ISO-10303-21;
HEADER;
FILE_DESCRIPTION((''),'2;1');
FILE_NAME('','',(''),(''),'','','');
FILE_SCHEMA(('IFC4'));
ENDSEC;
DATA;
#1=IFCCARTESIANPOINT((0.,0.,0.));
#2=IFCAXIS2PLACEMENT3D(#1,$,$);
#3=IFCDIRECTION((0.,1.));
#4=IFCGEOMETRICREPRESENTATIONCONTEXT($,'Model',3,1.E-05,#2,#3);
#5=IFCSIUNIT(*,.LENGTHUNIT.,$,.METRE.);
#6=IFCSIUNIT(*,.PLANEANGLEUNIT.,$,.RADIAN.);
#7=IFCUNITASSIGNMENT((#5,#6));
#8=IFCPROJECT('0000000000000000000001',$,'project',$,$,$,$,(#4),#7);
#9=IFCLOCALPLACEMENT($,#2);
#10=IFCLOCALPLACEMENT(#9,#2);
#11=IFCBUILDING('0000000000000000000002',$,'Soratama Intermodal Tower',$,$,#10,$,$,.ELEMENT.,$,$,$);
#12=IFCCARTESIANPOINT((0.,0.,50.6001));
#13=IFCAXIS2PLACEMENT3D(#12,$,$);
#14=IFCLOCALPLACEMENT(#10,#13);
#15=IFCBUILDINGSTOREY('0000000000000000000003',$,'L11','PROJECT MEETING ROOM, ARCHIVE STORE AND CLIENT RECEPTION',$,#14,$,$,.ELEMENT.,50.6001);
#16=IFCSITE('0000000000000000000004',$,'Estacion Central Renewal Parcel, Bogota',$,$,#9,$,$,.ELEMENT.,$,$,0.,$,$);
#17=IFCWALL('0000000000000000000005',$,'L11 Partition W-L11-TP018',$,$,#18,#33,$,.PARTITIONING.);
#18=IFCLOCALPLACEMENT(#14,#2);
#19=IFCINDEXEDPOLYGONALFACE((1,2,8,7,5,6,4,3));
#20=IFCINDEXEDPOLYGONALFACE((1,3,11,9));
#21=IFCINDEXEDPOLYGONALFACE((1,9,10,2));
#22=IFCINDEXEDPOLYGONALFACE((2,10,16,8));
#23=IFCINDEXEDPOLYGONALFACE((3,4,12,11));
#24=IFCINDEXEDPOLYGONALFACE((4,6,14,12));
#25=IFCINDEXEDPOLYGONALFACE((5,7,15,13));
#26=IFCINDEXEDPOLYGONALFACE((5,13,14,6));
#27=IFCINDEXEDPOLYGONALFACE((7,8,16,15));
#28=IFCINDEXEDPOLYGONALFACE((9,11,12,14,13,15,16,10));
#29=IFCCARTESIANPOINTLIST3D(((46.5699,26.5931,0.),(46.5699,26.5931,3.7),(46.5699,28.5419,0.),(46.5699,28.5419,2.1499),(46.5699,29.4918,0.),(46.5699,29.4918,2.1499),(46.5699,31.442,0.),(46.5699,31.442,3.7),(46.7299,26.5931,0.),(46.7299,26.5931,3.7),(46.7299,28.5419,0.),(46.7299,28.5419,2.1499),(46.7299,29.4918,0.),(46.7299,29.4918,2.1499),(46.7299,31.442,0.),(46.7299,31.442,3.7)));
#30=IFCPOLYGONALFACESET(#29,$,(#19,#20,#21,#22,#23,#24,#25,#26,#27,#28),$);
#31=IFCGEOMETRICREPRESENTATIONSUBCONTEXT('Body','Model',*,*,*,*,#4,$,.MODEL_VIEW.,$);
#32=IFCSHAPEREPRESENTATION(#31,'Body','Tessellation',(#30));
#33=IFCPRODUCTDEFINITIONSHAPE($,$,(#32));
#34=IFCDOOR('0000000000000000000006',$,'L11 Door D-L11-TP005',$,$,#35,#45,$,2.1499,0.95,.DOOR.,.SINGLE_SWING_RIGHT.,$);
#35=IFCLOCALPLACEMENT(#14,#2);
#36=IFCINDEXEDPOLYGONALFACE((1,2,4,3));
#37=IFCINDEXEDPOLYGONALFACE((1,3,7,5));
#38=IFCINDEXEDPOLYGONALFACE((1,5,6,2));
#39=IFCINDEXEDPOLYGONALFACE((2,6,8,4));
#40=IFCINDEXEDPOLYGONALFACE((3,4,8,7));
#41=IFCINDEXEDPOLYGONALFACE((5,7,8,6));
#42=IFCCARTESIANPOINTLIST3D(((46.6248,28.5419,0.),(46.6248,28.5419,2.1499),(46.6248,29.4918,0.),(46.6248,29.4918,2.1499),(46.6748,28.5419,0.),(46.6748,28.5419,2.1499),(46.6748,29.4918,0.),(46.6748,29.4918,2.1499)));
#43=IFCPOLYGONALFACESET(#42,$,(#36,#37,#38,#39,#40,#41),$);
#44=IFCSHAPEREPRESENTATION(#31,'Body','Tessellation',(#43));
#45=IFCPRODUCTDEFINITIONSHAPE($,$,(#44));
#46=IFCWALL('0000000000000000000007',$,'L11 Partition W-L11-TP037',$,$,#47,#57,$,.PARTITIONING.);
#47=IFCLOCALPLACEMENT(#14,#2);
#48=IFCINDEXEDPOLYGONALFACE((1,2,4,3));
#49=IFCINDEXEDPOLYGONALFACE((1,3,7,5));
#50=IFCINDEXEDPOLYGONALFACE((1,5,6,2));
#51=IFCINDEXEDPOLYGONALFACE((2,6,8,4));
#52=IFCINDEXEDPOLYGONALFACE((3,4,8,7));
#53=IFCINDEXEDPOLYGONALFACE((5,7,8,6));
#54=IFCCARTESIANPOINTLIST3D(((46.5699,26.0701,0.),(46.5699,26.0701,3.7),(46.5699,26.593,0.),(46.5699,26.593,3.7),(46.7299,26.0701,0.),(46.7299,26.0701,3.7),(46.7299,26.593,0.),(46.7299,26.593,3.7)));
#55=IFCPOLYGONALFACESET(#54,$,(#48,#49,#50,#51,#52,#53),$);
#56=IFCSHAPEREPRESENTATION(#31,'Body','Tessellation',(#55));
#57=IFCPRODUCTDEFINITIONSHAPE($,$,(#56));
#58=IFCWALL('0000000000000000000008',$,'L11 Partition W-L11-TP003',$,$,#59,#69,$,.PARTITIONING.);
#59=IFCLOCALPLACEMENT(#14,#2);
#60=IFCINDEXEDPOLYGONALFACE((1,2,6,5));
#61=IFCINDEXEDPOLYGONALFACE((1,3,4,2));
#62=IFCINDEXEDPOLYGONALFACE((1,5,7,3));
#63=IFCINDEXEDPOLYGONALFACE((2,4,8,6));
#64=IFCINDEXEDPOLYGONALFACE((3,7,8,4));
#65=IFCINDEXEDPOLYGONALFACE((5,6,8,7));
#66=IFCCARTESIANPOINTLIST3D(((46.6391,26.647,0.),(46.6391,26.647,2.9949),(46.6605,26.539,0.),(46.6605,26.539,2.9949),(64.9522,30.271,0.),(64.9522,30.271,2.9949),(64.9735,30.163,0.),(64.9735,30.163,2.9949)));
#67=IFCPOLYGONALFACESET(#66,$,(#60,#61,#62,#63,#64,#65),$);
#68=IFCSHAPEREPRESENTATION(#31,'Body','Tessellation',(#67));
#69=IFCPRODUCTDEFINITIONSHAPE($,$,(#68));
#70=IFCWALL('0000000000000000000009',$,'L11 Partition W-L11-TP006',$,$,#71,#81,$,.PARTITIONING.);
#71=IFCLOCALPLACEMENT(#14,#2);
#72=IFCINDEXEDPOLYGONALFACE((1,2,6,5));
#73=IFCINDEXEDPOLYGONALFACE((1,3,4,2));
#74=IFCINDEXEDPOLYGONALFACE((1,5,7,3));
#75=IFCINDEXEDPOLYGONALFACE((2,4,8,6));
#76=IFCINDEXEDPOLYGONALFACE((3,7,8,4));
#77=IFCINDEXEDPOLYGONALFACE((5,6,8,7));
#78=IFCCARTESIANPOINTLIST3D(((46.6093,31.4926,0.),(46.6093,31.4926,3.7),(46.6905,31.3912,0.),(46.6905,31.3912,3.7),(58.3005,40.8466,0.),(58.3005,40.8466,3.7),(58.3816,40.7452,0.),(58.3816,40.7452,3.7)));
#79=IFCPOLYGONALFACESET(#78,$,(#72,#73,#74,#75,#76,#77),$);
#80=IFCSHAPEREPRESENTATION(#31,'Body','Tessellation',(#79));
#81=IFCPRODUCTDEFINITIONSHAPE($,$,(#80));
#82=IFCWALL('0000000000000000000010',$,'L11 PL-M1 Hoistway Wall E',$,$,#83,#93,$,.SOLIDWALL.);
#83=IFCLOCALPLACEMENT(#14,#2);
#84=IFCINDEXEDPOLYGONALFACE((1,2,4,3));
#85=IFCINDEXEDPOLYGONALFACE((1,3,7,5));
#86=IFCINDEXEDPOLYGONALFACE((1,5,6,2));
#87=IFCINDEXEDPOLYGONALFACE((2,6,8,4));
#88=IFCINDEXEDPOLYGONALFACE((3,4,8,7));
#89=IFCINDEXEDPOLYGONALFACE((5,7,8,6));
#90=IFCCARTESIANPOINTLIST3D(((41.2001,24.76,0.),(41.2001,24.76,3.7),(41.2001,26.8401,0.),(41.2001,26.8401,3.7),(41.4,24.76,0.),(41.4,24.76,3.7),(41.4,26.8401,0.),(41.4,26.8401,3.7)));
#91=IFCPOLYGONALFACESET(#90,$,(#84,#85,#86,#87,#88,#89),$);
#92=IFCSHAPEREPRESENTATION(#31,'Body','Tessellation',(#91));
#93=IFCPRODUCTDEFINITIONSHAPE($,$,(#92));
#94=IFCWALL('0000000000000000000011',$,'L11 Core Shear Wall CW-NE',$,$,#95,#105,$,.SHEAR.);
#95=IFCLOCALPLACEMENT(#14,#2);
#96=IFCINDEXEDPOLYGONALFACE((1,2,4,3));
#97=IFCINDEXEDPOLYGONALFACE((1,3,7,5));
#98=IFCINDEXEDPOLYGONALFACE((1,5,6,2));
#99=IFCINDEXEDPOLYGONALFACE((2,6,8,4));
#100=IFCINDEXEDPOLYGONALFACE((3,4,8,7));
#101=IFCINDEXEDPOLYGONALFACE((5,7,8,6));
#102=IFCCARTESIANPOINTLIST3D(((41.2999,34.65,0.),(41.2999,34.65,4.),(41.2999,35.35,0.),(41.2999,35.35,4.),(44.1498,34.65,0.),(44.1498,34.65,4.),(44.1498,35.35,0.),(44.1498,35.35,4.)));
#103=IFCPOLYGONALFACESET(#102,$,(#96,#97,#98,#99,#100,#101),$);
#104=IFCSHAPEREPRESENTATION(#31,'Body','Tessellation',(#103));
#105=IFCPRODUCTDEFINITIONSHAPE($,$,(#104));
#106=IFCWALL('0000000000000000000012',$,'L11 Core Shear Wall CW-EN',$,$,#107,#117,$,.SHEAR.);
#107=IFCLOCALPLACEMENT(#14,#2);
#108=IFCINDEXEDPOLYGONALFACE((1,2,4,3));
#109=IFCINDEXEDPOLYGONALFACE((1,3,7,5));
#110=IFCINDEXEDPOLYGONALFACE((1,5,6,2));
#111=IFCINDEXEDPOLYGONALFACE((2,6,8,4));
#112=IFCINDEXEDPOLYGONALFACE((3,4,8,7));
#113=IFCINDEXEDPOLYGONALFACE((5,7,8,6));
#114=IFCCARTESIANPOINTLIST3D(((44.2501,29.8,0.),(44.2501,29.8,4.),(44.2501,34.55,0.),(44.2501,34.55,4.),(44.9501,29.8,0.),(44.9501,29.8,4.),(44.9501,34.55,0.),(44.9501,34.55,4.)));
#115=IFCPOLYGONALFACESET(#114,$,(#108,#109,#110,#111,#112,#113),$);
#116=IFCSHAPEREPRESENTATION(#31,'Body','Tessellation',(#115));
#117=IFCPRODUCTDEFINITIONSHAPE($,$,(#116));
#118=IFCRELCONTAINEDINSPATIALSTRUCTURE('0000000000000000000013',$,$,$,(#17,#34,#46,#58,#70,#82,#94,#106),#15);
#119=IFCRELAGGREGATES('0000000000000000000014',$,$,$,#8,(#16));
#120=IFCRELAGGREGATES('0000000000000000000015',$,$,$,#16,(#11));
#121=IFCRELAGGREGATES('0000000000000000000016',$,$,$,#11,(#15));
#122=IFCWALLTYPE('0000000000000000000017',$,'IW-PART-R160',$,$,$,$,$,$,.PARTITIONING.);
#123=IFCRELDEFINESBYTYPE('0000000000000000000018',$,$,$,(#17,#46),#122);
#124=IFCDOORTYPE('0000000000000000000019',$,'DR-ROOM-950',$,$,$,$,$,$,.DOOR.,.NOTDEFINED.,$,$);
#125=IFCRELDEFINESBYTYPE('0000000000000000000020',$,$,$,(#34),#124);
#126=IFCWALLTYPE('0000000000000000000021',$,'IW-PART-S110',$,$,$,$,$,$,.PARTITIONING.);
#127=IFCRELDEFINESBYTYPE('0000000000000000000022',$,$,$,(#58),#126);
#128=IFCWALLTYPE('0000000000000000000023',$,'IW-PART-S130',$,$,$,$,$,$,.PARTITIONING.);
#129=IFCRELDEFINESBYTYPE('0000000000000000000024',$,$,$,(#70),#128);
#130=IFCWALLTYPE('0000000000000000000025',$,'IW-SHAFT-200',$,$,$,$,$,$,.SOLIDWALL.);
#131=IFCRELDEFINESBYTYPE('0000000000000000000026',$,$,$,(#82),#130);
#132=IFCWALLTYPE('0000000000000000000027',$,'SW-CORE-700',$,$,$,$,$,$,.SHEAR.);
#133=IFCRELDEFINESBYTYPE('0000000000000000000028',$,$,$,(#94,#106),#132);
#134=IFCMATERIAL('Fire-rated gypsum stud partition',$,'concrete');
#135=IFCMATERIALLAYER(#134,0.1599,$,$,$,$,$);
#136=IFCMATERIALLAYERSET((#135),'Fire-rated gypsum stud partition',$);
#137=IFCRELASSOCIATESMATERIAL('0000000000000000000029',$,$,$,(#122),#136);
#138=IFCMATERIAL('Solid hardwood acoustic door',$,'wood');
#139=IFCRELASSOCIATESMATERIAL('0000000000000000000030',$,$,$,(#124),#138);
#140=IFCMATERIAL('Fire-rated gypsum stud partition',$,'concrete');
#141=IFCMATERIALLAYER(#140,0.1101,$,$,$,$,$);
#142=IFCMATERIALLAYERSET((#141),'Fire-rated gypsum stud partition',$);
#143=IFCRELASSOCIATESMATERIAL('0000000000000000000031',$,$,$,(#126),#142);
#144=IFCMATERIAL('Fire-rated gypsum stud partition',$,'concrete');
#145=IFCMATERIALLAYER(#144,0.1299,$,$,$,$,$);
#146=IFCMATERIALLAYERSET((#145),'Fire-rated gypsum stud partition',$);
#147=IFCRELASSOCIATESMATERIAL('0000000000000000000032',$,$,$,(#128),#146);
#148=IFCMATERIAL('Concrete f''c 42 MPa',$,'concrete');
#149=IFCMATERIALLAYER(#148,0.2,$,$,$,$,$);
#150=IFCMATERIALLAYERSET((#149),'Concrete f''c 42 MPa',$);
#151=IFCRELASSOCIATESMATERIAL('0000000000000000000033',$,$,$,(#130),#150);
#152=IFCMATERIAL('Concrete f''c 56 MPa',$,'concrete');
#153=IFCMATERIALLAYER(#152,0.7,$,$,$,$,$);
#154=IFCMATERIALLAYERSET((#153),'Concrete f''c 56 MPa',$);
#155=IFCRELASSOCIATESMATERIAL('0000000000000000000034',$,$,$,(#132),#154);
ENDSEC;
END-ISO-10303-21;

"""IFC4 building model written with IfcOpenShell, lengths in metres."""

from ifc_helpers import new_model, si_unit, direction, frame, frame_2d, origin, place, context, subcontext, project, spatial, rectangle, extrude, material, layer, layer_set, type_object, element, fill, save


model = new_model("IFC4")

# Units and contexts
model_context = context("Model", 3, precision=1e-05, world=origin(), true_north=direction((0.0, 1.0)))
body_context = subcontext(model_context, "Body", "Model", "MODEL_VIEW")
ifc_project = project(units=[si_unit("LENGTHUNIT", "METRE"), si_unit("PLANEANGLEUNIT", "RADIAN")], contexts=[model_context])

# Site, building, storey
site_placement = place(None, origin())
site = spatial("IfcSite", under=ifc_project, at=site_placement, Name="Estacion Central Renewal Parcel, Bogota", CompositionType="ELEMENT", RefElevation=0.0)
building_placement = place(site_placement, origin())
building = spatial("IfcBuilding", under=site, at=building_placement, Name="Soratama Intermodal Tower", CompositionType="ELEMENT")
storey_placement = place(building_placement, frame((0.0, 0.0, 50.6001)))
storey = spatial("IfcBuildingStorey", under=building, at=storey_placement, Name="L11", Description="PROJECT MEETING ROOM, ARCHIVE STORE AND CLIENT RECEPTION", CompositionType="ELEMENT", Elevation=50.6001)

# Wall, opening, door
ifc_material_1 = material(Name="Fire-rated gypsum stud partition", Category="concrete")
ifc_layer_1 = layer(ifc_material_1, 0.1599)
ifc_layer_set_1 = layer_set([ifc_layer_1], Name="Fire-rated gypsum stud partition")
wall_type_1 = type_object("IfcWallType", Name="IW-PART-R160", PredefinedType="PARTITIONING", material=ifc_layer_set_1)
ifc_material_2 = material(Name="Solid hardwood acoustic door", Category="wood")
door_type_1 = type_object("IfcDoorType", Name="DR-ROOM-950", OperationType="NOTDEFINED", PredefinedType="DOOR", material=ifc_material_2)
wall_1_placement = place(storey_placement, frame((46.6499, 31.4419, 0.0), z_axis=(0.0, 0.0, 1.0), x_axis=(0.0, -1.0, 0.0)))
wall_1 = element("IfcWall", 1, at=wall_1_placement, inside=storey, type_object=wall_type_1, Name="L11 Partition W-L11-TP018", PredefinedType="PARTITIONING", context=body_context, shape_type="SweptSolid", body=[
    extrude(rectangle(XDim=4.8489, YDim=0.1599, at=frame_2d((2.4243, 0.0))), origin(), (0.0, 0.0, 1.0), 3.7),
])
opening_1_placement = place(wall_1_placement, frame((1.95, 0.0, 0.0)))
opening_1 = element("IfcOpeningElement", 2, at=opening_1_placement, cuts=wall_1, PredefinedType="OPENING", context=body_context, shape_type="SweptSolid", body=[
    extrude(rectangle(XDim=0.95, YDim=2.1499, at=frame_2d((0.4751, 1.075))), frame((0.0, 0.0898, 0.0), z_axis=(0.0, -1.0, 0.0), x_axis=(1.0, 0.0, 0.0)), (0.0, 0.0, 1.0), 0.1799),
])
door_1_placement = place(opening_1_placement, origin())
door_1 = element("IfcDoor", 3, at=door_1_placement, inside=storey, type_object=door_type_1, Name="L11 Door D-L11-TP005", OperationType="SINGLE_SWING_RIGHT", OverallHeight=2.1499, OverallWidth=0.95, PredefinedType="DOOR", context=body_context, shape_type="SweptSolid", body=[
    extrude(rectangle(XDim=0.95, YDim=2.1499, at=frame_2d((0.4751, 1.075))), frame((0.0, 0.0249, 0.0), z_axis=(0.0, -1.0, 0.0), x_axis=(1.0, 0.0, 0.0)), (0.0, 0.0, 1.0), 0.05),
])
fill(opening_1, door_1)

# Walls
wall_2_placement = place(storey_placement, frame((46.6499, 26.593, 0.0), z_axis=(0.0, 0.0, 1.0), x_axis=(0.0, -1.0, 0.0)))
element("IfcWall", 4, at=wall_2_placement, inside=storey, type_object=wall_type_1, Name="L11 Partition W-L11-TP037", PredefinedType="PARTITIONING", context=body_context, shape_type="SweptSolid", body=[
    extrude(rectangle(XDim=0.5229, YDim=0.1599, at=frame_2d((0.2615, 0.0))), origin(), (0.0, 0.0, 1.0), 3.7),
])
ifc_material_3 = material(Name="Fire-rated gypsum stud partition", Category="concrete")
ifc_layer_2 = layer(ifc_material_3, 0.1101)
ifc_layer_set_2 = layer_set([ifc_layer_2], Name="Fire-rated gypsum stud partition")
wall_type_2 = type_object("IfcWallType", Name="IW-PART-S110", PredefinedType="PARTITIONING", material=ifc_layer_set_2)
wall_3_placement = place(storey_placement, frame((46.6499, 26.593, 0.0), z_axis=(0.0, 0.0, 1.0), x_axis=(0.980976, 0.194129, 0.0)))
element("IfcWall", 5, at=wall_3_placement, inside=storey, type_object=wall_type_2, Name="L11 Partition W-L11-TP003", PredefinedType="PARTITIONING", context=body_context, shape_type="SweptSolid", body=[
    extrude(rectangle(XDim=18.6682, YDim=0.1101, at=frame_2d((9.334, 0.0))), origin(), (0.0, 0.0, 1.0), 2.9949),
])
ifc_material_4 = material(Name="Fire-rated gypsum stud partition", Category="concrete")
ifc_layer_3 = layer(ifc_material_4, 0.1299)
ifc_layer_set_3 = layer_set([ifc_layer_3], Name="Fire-rated gypsum stud partition")
wall_type_3 = type_object("IfcWallType", Name="IW-PART-S130", PredefinedType="PARTITIONING", material=ifc_layer_set_3)
wall_4_placement = place(storey_placement, frame((46.6499, 31.4419, 0.0), z_axis=(0.0, 0.0, 1.0), x_axis=(0.780834, 0.624739, 0.0)))
element("IfcWall", 6, at=wall_4_placement, inside=storey, type_object=wall_type_3, Name="L11 Partition W-L11-TP006", PredefinedType="PARTITIONING", context=body_context, shape_type="SweptSolid", body=[
    extrude(rectangle(XDim=14.9727, YDim=0.1299, at=frame_2d((7.4863, 0.0))), origin(), (0.0, 0.0, 1.0), 3.7),
])
ifc_material_5 = material(Name="Concrete f'c 42 MPa", Category="concrete")
ifc_layer_4 = layer(ifc_material_5, 0.2)
ifc_layer_set_4 = layer_set([ifc_layer_4], Name="Concrete f'c 42 MPa")
wall_type_4 = type_object("IfcWallType", Name="IW-SHAFT-200", PredefinedType="SOLIDWALL", material=ifc_layer_set_4)
wall_5_placement = place(storey_placement, frame((41.3, 24.76, 0.0), z_axis=(0.0, 0.0, 1.0), x_axis=(0.0, 1.0, 0.0)))
element("IfcWall", 7, at=wall_5_placement, inside=storey, type_object=wall_type_4, Name="L11 PL-M1 Hoistway Wall E", PredefinedType="SOLIDWALL", context=body_context, shape_type="SweptSolid", body=[
    extrude(rectangle(XDim=2.0801, YDim=0.2, at=frame_2d((1.04, 0.0))), origin(), (0.0, 0.0, 1.0), 3.7),
])
ifc_material_6 = material(Name="Concrete f'c 56 MPa", Category="concrete")
ifc_layer_5 = layer(ifc_material_6, 0.7)
ifc_layer_set_5 = layer_set([ifc_layer_5], Name="Concrete f'c 56 MPa")
wall_type_5 = type_object("IfcWallType", Name="SW-CORE-700", PredefinedType="SHEAR", material=ifc_layer_set_5)
wall_6_placement = place(storey_placement, frame((41.3, 35.0, 0.0), z_axis=(0.0, 0.0, 1.0), x_axis=(1.0, 0.0, 0.0)))
element("IfcWall", 8, at=wall_6_placement, inside=storey, type_object=wall_type_5, Name="L11 Core Shear Wall CW-NE", PredefinedType="SHEAR", context=body_context, shape_type="SweptSolid", body=[
    extrude(rectangle(XDim=2.8499, YDim=0.7, at=frame_2d((1.4248, 0.0))), origin(), (0.0, 0.0, 1.0), 4.0),
])
wall_7_placement = place(storey_placement, frame((44.6001, 29.8, 0.0), z_axis=(0.0, 0.0, 1.0), x_axis=(0.0, 1.0, 0.0)))
element("IfcWall", 9, at=wall_7_placement, inside=storey, type_object=wall_type_5, Name="L11 Core Shear Wall CW-EN", PredefinedType="SHEAR", context=body_context, shape_type="SweptSolid", body=[
    extrude(rectangle(XDim=4.75, YDim=0.7, at=frame_2d((2.375, 0.0))), origin(), (0.0, 0.0, 1.0), 4.0),
])

save(model, "model.ifc")
